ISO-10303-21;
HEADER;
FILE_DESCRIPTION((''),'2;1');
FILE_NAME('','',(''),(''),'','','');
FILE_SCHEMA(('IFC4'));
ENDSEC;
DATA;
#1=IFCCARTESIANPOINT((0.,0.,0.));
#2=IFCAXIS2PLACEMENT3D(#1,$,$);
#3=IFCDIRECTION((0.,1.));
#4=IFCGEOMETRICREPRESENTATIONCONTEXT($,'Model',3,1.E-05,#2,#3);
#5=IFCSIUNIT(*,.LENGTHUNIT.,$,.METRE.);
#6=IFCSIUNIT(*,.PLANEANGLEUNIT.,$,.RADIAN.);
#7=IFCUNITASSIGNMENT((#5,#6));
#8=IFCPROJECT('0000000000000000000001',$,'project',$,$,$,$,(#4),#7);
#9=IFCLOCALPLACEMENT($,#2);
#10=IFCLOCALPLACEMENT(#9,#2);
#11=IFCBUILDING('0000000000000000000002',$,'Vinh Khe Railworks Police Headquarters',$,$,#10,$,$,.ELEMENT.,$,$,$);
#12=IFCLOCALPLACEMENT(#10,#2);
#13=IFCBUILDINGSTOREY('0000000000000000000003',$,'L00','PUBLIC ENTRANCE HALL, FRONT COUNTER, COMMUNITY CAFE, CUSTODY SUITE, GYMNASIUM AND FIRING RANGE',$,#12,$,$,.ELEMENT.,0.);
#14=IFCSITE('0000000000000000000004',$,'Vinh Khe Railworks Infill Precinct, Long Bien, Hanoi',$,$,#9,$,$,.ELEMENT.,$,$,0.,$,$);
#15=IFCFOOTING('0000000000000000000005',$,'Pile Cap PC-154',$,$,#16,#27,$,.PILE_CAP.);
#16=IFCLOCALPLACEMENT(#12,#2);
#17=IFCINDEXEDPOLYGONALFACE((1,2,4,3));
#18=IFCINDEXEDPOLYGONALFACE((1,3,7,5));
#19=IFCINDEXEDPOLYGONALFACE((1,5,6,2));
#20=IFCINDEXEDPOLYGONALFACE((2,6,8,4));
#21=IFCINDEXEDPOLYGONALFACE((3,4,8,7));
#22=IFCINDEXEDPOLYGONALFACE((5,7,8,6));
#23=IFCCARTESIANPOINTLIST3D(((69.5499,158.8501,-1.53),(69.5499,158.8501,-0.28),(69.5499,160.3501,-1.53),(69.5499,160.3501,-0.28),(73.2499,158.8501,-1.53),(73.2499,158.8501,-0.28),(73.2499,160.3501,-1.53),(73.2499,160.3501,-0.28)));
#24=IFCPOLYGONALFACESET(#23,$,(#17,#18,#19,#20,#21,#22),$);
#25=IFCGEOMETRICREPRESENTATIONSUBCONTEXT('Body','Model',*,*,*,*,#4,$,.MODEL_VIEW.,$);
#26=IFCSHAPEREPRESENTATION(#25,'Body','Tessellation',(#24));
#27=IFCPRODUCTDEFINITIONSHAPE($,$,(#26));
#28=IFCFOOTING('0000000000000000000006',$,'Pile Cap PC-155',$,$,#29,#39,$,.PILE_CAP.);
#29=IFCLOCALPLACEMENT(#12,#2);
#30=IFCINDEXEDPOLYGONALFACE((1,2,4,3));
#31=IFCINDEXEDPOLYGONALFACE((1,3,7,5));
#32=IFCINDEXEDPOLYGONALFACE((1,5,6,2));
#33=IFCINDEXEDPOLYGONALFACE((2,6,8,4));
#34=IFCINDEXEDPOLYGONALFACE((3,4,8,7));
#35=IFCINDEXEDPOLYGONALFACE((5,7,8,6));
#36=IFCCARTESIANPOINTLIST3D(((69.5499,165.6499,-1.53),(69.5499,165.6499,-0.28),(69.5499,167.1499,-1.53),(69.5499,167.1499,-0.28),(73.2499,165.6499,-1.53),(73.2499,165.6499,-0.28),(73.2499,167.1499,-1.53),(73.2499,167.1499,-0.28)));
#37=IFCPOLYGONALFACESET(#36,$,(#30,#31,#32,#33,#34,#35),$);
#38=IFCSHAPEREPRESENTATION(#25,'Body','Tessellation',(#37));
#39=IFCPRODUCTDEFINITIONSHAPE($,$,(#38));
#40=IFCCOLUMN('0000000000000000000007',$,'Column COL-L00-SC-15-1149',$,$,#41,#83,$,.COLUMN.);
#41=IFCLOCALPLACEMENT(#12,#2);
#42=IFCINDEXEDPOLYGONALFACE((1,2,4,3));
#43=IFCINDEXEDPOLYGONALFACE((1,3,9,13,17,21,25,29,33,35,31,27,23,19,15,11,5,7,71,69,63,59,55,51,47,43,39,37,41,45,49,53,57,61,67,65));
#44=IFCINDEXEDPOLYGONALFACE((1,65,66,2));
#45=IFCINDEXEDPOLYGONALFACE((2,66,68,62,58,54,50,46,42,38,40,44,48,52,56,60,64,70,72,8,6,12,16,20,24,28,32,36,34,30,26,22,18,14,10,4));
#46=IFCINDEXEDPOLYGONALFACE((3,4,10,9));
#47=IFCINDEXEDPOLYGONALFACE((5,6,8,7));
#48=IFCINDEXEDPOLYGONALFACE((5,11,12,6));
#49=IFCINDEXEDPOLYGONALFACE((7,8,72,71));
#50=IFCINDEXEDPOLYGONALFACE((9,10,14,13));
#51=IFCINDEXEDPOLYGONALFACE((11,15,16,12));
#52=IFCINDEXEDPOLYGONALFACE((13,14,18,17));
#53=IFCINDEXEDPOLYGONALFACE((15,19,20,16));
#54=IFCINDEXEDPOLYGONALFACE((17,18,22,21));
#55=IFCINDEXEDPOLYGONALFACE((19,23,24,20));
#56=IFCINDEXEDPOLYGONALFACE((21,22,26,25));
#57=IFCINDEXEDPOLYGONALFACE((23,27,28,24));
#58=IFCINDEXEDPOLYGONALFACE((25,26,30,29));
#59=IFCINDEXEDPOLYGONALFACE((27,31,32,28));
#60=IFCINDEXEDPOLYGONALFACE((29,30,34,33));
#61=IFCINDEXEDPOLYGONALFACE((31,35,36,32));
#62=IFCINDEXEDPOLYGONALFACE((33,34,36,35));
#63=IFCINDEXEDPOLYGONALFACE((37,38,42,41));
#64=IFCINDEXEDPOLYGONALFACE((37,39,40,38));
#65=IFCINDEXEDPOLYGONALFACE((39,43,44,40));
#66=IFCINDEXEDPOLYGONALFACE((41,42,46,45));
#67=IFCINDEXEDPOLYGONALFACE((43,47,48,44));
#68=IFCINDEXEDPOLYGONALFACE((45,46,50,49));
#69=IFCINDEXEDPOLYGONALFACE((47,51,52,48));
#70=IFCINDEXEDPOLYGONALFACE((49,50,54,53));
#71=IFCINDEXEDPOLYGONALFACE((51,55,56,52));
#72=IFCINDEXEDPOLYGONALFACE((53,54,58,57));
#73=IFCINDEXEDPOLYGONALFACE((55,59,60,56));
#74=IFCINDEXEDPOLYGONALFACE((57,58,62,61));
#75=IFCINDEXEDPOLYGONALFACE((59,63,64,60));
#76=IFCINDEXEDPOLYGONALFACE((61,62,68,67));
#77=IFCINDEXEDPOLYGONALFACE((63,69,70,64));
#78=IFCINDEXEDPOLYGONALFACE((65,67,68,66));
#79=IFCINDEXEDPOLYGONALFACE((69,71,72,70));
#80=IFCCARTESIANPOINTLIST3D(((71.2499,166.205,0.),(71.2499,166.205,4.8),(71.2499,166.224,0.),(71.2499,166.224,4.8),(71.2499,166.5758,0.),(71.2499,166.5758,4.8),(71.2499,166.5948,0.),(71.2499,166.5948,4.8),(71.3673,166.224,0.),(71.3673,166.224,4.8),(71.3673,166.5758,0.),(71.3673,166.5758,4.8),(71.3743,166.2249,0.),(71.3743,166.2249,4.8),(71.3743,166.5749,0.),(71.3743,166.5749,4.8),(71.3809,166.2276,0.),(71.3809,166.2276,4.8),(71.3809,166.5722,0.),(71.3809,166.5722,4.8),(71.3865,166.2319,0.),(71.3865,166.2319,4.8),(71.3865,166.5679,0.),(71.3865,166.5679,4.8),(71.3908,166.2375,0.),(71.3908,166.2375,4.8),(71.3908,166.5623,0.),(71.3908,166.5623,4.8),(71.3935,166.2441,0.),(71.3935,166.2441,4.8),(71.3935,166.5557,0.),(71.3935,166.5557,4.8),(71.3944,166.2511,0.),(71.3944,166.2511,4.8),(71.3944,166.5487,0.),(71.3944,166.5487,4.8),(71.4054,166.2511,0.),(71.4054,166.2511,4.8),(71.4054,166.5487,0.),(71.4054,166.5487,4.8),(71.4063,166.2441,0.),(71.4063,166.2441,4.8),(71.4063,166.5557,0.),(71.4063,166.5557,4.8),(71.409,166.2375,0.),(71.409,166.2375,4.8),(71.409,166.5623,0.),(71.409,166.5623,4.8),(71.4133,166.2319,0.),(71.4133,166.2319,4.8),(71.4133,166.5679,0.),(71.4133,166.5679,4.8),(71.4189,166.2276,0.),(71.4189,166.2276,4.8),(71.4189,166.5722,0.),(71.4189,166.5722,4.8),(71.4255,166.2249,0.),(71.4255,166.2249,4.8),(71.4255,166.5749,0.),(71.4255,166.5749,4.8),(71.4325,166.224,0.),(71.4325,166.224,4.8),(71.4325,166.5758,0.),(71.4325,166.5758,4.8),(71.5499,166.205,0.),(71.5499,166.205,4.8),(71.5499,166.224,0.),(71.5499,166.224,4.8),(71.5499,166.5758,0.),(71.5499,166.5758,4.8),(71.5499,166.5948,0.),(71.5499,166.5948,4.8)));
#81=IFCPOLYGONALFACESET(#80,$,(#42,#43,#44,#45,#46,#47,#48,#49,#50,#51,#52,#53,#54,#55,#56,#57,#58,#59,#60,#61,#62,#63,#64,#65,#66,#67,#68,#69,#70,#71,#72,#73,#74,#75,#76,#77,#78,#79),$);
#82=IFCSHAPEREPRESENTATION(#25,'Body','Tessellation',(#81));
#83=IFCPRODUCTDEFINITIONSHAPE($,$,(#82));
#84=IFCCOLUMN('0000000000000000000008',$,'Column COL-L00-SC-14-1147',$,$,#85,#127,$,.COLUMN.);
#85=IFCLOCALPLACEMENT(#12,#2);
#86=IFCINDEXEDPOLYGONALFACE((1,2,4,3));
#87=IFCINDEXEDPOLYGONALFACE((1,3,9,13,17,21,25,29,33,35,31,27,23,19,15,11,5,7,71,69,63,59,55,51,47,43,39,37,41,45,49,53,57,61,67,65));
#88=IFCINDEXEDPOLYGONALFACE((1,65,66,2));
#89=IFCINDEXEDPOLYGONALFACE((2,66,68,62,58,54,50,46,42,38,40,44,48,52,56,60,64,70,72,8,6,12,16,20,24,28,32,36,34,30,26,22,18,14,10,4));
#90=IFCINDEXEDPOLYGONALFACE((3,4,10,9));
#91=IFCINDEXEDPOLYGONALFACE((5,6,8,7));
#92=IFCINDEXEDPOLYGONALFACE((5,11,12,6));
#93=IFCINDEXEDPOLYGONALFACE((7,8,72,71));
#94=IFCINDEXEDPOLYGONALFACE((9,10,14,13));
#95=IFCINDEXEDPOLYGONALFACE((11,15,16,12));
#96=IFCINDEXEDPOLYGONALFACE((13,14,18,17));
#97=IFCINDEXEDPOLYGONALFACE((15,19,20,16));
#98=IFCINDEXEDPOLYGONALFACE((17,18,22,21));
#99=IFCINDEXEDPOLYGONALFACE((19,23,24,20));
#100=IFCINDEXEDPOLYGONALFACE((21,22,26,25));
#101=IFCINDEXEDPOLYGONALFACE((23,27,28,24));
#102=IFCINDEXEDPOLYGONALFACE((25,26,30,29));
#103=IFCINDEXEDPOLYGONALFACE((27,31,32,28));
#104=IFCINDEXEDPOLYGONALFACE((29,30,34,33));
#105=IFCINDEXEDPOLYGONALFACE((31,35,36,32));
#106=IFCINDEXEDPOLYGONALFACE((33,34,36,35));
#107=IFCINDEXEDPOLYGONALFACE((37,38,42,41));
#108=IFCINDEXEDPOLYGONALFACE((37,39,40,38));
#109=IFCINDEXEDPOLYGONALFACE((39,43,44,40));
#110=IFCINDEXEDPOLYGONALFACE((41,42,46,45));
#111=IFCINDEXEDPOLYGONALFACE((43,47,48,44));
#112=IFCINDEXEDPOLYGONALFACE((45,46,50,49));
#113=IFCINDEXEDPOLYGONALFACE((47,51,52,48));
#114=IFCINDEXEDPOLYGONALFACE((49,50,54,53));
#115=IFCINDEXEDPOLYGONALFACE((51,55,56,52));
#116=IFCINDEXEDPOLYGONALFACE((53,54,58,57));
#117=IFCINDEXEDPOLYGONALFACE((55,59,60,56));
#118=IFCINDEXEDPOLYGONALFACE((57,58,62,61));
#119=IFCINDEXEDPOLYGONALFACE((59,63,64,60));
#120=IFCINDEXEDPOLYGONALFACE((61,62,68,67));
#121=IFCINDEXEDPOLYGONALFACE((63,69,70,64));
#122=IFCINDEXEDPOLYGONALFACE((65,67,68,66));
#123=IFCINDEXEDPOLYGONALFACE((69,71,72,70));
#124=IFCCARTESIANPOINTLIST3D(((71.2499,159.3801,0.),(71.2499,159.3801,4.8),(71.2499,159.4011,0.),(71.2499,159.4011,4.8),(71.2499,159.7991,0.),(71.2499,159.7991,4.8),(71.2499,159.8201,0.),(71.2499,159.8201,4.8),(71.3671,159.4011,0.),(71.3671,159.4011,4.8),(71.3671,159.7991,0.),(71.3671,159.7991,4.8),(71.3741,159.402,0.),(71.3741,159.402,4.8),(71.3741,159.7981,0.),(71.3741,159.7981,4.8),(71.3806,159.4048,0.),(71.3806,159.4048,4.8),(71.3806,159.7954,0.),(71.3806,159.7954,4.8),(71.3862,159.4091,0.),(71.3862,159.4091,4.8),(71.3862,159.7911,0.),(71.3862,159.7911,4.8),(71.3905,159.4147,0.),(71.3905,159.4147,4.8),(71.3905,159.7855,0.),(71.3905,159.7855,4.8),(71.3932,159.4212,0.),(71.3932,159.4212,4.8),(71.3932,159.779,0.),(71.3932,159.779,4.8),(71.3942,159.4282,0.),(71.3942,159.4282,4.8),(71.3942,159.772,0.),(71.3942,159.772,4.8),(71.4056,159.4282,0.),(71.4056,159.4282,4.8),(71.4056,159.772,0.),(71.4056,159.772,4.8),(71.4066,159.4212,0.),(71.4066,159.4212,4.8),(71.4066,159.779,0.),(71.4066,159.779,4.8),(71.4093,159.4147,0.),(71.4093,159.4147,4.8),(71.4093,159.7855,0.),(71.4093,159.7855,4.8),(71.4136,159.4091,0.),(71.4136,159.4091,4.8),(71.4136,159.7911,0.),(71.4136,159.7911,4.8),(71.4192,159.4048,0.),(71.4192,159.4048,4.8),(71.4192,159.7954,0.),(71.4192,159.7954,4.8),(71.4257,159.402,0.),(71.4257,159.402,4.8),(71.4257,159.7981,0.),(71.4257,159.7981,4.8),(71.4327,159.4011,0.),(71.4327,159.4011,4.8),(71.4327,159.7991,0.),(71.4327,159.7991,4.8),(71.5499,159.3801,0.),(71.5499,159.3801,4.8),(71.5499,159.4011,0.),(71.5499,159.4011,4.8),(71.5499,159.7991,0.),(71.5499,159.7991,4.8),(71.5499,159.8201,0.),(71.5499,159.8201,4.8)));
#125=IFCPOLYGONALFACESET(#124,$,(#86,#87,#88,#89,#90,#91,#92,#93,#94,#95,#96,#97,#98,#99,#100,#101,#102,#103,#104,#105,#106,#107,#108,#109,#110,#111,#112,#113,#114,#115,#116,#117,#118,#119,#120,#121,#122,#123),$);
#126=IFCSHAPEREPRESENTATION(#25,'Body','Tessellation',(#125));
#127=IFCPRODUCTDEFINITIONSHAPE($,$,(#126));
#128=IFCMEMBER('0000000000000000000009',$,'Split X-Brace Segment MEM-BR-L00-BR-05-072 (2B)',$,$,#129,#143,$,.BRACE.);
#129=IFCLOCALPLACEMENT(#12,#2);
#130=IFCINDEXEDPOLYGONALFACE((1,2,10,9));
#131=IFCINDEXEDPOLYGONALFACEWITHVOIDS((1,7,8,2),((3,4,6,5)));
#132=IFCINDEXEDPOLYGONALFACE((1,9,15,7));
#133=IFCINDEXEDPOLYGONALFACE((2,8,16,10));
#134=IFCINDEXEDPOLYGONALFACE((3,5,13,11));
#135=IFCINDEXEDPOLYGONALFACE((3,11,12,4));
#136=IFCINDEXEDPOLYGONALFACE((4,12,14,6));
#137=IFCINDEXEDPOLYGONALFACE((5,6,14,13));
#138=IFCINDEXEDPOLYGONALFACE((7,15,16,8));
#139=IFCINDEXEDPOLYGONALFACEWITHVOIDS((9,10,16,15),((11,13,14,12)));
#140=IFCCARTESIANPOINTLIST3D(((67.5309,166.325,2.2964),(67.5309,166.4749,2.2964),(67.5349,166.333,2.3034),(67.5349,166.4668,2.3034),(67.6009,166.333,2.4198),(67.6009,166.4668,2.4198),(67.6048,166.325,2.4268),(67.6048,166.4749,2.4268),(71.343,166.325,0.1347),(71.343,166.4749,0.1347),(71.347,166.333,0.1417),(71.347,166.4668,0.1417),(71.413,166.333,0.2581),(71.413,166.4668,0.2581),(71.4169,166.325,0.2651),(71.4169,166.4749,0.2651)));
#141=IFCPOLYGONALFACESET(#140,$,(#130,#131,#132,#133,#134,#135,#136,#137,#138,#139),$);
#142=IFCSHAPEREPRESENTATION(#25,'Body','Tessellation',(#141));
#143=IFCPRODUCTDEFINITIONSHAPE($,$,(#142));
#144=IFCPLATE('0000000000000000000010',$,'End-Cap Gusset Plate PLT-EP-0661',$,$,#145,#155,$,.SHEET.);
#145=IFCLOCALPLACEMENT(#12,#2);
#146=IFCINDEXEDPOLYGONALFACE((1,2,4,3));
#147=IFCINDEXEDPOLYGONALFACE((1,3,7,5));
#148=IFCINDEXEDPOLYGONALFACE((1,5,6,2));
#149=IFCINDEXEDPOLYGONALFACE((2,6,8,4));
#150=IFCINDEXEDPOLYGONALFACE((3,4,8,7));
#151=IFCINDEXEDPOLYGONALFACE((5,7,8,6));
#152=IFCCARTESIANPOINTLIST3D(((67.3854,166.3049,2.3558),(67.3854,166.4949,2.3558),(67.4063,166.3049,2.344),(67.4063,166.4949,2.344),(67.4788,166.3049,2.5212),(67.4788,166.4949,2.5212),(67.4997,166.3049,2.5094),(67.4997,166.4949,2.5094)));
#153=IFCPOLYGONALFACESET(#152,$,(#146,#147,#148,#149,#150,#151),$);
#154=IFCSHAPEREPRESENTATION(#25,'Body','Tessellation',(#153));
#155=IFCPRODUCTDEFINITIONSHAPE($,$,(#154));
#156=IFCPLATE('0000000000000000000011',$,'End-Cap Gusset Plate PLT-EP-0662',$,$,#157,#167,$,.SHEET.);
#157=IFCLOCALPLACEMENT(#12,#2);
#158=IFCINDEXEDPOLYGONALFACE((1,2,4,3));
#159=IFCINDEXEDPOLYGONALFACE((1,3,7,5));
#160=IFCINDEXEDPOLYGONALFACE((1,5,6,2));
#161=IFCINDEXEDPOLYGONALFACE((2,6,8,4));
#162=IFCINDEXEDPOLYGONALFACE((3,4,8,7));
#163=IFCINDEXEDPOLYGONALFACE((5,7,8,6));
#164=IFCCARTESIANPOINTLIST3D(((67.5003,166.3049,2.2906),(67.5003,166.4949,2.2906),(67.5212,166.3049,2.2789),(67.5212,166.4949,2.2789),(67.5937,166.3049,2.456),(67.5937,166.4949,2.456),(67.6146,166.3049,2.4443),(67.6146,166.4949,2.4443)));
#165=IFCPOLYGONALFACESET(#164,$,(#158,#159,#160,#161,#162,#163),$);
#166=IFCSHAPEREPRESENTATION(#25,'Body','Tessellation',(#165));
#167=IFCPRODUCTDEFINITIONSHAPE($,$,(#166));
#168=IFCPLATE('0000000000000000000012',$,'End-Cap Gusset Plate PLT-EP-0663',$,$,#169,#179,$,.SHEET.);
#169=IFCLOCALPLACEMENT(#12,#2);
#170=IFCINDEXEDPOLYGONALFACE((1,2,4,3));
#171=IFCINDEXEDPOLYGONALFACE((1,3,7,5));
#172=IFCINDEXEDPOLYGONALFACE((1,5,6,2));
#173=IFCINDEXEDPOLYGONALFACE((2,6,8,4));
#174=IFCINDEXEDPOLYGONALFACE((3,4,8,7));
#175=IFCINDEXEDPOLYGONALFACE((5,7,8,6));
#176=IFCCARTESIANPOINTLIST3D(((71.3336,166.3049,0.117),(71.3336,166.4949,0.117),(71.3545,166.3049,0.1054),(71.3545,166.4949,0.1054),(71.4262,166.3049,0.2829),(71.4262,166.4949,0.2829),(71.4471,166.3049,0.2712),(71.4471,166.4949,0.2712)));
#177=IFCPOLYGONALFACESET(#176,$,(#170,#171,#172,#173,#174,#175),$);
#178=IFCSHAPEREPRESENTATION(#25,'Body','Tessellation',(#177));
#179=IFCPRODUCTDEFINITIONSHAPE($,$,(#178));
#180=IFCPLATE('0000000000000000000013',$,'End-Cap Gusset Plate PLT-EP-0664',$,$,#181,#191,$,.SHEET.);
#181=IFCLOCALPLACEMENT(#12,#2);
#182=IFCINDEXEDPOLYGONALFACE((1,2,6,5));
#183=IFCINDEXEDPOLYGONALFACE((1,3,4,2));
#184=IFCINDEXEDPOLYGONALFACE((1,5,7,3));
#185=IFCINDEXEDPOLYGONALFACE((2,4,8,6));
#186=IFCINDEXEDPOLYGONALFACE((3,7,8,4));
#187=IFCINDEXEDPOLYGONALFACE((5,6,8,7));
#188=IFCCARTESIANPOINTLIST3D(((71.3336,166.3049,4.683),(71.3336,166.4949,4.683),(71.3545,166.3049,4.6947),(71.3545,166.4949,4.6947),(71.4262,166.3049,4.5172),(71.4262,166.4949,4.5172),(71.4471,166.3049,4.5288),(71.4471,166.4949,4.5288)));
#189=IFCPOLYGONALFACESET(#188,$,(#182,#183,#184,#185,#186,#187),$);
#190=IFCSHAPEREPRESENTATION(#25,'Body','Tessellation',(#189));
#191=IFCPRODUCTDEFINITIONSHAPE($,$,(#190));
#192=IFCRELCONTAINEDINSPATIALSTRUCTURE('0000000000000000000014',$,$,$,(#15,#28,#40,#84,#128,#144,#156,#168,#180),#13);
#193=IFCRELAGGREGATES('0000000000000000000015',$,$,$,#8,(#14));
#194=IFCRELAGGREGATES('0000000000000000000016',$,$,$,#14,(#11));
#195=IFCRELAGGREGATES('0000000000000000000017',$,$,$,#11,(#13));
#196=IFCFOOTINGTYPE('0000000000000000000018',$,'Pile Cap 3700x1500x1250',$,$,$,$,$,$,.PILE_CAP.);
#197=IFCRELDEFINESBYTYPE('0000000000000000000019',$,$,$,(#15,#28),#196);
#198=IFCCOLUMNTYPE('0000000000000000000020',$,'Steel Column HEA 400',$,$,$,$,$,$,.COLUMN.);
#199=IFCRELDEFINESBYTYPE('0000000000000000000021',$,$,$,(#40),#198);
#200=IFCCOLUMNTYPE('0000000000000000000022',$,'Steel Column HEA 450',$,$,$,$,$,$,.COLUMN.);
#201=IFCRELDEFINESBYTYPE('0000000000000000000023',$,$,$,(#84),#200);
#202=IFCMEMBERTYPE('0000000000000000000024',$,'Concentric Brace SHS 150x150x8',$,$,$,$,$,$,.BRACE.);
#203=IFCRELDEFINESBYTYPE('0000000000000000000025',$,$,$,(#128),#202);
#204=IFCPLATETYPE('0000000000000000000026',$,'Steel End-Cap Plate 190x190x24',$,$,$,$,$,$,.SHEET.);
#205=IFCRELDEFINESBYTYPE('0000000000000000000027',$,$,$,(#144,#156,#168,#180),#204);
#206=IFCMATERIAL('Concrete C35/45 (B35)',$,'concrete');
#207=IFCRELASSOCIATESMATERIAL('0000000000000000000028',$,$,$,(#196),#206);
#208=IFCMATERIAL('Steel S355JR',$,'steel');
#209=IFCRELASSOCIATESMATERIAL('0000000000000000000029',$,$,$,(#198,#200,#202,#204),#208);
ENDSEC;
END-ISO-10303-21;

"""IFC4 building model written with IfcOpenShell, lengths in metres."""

from ifc_helpers import new_model, si_unit, direction, frame, origin, origin_2d, place, context, subcontext, project, spatial, rectangle, hollow_rectangle, i_section, extrude, material, material_profile, profile_set, type_object, element, save


model = new_model("IFC4")

# Units and contexts
model_context = context("Model", 3, precision=1e-05, world=origin(), true_north=direction((0.0, 1.0)))
body_context = subcontext(model_context, "Body", "Model", "MODEL_VIEW")
ifc_project = project(units=[si_unit("LENGTHUNIT", "METRE"), si_unit("PLANEANGLEUNIT", "RADIAN")], contexts=[model_context])

# Site, building, storey
site_placement = place(None, origin())
site = spatial("IfcSite", under=ifc_project, at=site_placement, Name="Vinh Khe Railworks Infill Precinct, Long Bien, Hanoi", CompositionType="ELEMENT", RefElevation=0.0)
building_placement = place(site_placement, origin())
building = spatial("IfcBuilding", under=site, at=building_placement, Name="Vinh Khe Railworks Police Headquarters", CompositionType="ELEMENT")
storey_placement = place(building_placement, origin())
storey = spatial("IfcBuildingStorey", under=building, at=storey_placement, Name="L00", Description="PUBLIC ENTRANCE HALL, FRONT COUNTER, COMMUNITY CAFE, CUSTODY SUITE, GYMNASIUM AND FIRING RANGE", CompositionType="ELEMENT", Elevation=0.0)

# Shared definitions
ifc_material_1 = material(Name="Concrete C35/45 (B35)", Category="concrete")

# Footings
footing_type_1 = type_object("IfcFootingType", Name="Pile Cap 3700x1500x1250", PredefinedType="PILE_CAP", material=ifc_material_1)
for number, where, z_axis, x_axis, name in (
    (1, (71.3999, 159.6001, -1.53), (0.0, 0.0, 1.0), (1.0, 0.0, 0.0), "Pile Cap PC-154"),
    (2, (71.3999, 166.3999, -1.53), (0.0, 0.0, 1.0), (1.0, 0.0, 0.0), "Pile Cap PC-155"),
):
    element("IfcFooting", number, at=place(storey_placement, frame(where, z_axis=z_axis, x_axis=x_axis)), inside=storey, type_object=footing_type_1, Name=name, PredefinedType="PILE_CAP", context=body_context, shape_type="SweptSolid", body=[
        extrude(rectangle(XDim=3.7, YDim=1.5, at=origin_2d()), origin(), (0.0, 0.0, 1.0), 1.25),
    ])

# Columns
ifc_material_2 = material(Name="Steel S355JR", Category="steel")
ifc_material_profile_1 = material_profile(ifc_material_2, i_section(OverallWidth=0.3, OverallDepth=0.3899, WebThickness=0.011, FlangeThickness=0.019, FilletRadius=0.0271, at=origin_2d()), Name="HEA 400")
ifc_profile_set_1 = profile_set([ifc_material_profile_1], Name="Steel S355JR")
column_type_1 = type_object("IfcColumnType", Name="Steel Column HEA 400", PredefinedType="COLUMN", material=ifc_profile_set_1)
column_1_placement = place(storey_placement, frame((71.3999, 166.3999, 0.0), z_axis=(0.0, 0.0, 1.0), x_axis=(1.0, 0.0, 0.0)))
element("IfcColumn", 3, at=column_1_placement, inside=storey, type_object=column_type_1, Name="Column COL-L00-SC-15-1149", PredefinedType="COLUMN", context=body_context, shape_type="SweptSolid", body=[
    extrude(i_section(OverallWidth=0.3, OverallDepth=0.3899, WebThickness=0.011, FlangeThickness=0.019, FilletRadius=0.0271, at=origin_2d()), origin(), (0.0, 0.0, 1.0), 4.8),
])
ifc_material_profile_2 = material_profile(ifc_material_2, i_section(OverallWidth=0.3, OverallDepth=0.4399, WebThickness=0.0115, FlangeThickness=0.021, FilletRadius=0.0271, at=origin_2d()), Name="HEA 450")
ifc_profile_set_2 = profile_set([ifc_material_profile_2], Name="Steel S355JR")
column_type_2 = type_object("IfcColumnType", Name="Steel Column HEA 450", PredefinedType="COLUMN", material=ifc_profile_set_2)
column_2_placement = place(storey_placement, frame((71.3999, 159.6001, 0.0), z_axis=(0.0, 0.0, 1.0), x_axis=(1.0, 0.0, 0.0)))
element("IfcColumn", 4, at=column_2_placement, inside=storey, type_object=column_type_2, Name="Column COL-L00-SC-14-1147", PredefinedType="COLUMN", context=body_context, shape_type="SweptSolid", body=[
    extrude(i_section(OverallWidth=0.3, OverallDepth=0.4399, WebThickness=0.0115, FlangeThickness=0.021, FilletRadius=0.0271, at=origin_2d()), origin(), (0.0, 0.0, 1.0), 4.8),
])

# Member
ifc_material_profile_3 = material_profile(ifc_material_2, hollow_rectangle(XDim=0.1499, YDim=0.1499, WallThickness=0.0081, at=origin_2d()), Name="SHS 150x150x8")
ifc_profile_set_3 = profile_set([ifc_material_profile_3], Name="Steel S355JR")
member_type = type_object("IfcMemberType", Name="Concentric Brace SHS 150x150x8", PredefinedType="BRACE", material=ifc_profile_set_3)
member_placement = place(storey_placement, frame((67.5679, 166.3999, 2.3616), z_axis=(0.869877, 0.0, -0.493268), x_axis=(0.0, 1.0, 0.0)))
element("IfcMember", 5, at=member_placement, inside=storey, type_object=member_type, Name="Split X-Brace Segment MEM-BR-L00-BR-05-072 (2B)", PredefinedType="BRACE", context=body_context, shape_type="SweptSolid", body=[
    extrude(hollow_rectangle(XDim=0.1499, YDim=0.1499, WallThickness=0.0081, at=origin_2d()), origin(), (0.0, 0.0, 1.0), 4.3823),
])

# Plates
ifc_material_profile_4 = material_profile(ifc_material_2, rectangle(XDim=0.1899, YDim=0.1899, at=origin_2d()), Name="PL 190x190")
ifc_profile_set_4 = profile_set([ifc_material_profile_4], Name="Steel S355JR")
plate_type = type_object("IfcPlateType", Name="Steel End-Cap Plate 190x190x24", PredefinedType="SHEET", material=ifc_profile_set_4)
for number, where, z_axis, x_axis, name in (
    (6, (67.4321, 166.3999, 2.4385), (0.870754, 0.0, -0.49172), (0.0, 1.0, 0.0), "End-Cap Gusset Plate PLT-EP-0661"),
    (7, (67.5679, 166.3999, 2.3616), (-0.870754, 0.0, 0.49172), (0.0, -1.0, 0.0), "End-Cap Gusset Plate PLT-EP-0662"),
    (8, (71.3799, 166.3999, 0.2), (0.873198, 0.0, -0.487366), (0.0, 1.0, 0.0), "End-Cap Gusset Plate PLT-EP-0663"),
    (9, (71.3799, 166.3999, 4.6001), (0.873198, 0.0, 0.487366), (0.0, 1.0, 0.0), "End-Cap Gusset Plate PLT-EP-0664"),
):
    element("IfcPlate", number, at=place(storey_placement, frame(where, z_axis=z_axis, x_axis=x_axis)), inside=storey, type_object=plate_type, Name=name, PredefinedType="SHEET", context=body_context, shape_type="SweptSolid", body=[
        extrude(rectangle(XDim=0.1899, YDim=0.1899, at=origin_2d()), origin(), (0.0, 0.0, 1.0), 0.0239),
    ])

save(model, "model.ifc")
